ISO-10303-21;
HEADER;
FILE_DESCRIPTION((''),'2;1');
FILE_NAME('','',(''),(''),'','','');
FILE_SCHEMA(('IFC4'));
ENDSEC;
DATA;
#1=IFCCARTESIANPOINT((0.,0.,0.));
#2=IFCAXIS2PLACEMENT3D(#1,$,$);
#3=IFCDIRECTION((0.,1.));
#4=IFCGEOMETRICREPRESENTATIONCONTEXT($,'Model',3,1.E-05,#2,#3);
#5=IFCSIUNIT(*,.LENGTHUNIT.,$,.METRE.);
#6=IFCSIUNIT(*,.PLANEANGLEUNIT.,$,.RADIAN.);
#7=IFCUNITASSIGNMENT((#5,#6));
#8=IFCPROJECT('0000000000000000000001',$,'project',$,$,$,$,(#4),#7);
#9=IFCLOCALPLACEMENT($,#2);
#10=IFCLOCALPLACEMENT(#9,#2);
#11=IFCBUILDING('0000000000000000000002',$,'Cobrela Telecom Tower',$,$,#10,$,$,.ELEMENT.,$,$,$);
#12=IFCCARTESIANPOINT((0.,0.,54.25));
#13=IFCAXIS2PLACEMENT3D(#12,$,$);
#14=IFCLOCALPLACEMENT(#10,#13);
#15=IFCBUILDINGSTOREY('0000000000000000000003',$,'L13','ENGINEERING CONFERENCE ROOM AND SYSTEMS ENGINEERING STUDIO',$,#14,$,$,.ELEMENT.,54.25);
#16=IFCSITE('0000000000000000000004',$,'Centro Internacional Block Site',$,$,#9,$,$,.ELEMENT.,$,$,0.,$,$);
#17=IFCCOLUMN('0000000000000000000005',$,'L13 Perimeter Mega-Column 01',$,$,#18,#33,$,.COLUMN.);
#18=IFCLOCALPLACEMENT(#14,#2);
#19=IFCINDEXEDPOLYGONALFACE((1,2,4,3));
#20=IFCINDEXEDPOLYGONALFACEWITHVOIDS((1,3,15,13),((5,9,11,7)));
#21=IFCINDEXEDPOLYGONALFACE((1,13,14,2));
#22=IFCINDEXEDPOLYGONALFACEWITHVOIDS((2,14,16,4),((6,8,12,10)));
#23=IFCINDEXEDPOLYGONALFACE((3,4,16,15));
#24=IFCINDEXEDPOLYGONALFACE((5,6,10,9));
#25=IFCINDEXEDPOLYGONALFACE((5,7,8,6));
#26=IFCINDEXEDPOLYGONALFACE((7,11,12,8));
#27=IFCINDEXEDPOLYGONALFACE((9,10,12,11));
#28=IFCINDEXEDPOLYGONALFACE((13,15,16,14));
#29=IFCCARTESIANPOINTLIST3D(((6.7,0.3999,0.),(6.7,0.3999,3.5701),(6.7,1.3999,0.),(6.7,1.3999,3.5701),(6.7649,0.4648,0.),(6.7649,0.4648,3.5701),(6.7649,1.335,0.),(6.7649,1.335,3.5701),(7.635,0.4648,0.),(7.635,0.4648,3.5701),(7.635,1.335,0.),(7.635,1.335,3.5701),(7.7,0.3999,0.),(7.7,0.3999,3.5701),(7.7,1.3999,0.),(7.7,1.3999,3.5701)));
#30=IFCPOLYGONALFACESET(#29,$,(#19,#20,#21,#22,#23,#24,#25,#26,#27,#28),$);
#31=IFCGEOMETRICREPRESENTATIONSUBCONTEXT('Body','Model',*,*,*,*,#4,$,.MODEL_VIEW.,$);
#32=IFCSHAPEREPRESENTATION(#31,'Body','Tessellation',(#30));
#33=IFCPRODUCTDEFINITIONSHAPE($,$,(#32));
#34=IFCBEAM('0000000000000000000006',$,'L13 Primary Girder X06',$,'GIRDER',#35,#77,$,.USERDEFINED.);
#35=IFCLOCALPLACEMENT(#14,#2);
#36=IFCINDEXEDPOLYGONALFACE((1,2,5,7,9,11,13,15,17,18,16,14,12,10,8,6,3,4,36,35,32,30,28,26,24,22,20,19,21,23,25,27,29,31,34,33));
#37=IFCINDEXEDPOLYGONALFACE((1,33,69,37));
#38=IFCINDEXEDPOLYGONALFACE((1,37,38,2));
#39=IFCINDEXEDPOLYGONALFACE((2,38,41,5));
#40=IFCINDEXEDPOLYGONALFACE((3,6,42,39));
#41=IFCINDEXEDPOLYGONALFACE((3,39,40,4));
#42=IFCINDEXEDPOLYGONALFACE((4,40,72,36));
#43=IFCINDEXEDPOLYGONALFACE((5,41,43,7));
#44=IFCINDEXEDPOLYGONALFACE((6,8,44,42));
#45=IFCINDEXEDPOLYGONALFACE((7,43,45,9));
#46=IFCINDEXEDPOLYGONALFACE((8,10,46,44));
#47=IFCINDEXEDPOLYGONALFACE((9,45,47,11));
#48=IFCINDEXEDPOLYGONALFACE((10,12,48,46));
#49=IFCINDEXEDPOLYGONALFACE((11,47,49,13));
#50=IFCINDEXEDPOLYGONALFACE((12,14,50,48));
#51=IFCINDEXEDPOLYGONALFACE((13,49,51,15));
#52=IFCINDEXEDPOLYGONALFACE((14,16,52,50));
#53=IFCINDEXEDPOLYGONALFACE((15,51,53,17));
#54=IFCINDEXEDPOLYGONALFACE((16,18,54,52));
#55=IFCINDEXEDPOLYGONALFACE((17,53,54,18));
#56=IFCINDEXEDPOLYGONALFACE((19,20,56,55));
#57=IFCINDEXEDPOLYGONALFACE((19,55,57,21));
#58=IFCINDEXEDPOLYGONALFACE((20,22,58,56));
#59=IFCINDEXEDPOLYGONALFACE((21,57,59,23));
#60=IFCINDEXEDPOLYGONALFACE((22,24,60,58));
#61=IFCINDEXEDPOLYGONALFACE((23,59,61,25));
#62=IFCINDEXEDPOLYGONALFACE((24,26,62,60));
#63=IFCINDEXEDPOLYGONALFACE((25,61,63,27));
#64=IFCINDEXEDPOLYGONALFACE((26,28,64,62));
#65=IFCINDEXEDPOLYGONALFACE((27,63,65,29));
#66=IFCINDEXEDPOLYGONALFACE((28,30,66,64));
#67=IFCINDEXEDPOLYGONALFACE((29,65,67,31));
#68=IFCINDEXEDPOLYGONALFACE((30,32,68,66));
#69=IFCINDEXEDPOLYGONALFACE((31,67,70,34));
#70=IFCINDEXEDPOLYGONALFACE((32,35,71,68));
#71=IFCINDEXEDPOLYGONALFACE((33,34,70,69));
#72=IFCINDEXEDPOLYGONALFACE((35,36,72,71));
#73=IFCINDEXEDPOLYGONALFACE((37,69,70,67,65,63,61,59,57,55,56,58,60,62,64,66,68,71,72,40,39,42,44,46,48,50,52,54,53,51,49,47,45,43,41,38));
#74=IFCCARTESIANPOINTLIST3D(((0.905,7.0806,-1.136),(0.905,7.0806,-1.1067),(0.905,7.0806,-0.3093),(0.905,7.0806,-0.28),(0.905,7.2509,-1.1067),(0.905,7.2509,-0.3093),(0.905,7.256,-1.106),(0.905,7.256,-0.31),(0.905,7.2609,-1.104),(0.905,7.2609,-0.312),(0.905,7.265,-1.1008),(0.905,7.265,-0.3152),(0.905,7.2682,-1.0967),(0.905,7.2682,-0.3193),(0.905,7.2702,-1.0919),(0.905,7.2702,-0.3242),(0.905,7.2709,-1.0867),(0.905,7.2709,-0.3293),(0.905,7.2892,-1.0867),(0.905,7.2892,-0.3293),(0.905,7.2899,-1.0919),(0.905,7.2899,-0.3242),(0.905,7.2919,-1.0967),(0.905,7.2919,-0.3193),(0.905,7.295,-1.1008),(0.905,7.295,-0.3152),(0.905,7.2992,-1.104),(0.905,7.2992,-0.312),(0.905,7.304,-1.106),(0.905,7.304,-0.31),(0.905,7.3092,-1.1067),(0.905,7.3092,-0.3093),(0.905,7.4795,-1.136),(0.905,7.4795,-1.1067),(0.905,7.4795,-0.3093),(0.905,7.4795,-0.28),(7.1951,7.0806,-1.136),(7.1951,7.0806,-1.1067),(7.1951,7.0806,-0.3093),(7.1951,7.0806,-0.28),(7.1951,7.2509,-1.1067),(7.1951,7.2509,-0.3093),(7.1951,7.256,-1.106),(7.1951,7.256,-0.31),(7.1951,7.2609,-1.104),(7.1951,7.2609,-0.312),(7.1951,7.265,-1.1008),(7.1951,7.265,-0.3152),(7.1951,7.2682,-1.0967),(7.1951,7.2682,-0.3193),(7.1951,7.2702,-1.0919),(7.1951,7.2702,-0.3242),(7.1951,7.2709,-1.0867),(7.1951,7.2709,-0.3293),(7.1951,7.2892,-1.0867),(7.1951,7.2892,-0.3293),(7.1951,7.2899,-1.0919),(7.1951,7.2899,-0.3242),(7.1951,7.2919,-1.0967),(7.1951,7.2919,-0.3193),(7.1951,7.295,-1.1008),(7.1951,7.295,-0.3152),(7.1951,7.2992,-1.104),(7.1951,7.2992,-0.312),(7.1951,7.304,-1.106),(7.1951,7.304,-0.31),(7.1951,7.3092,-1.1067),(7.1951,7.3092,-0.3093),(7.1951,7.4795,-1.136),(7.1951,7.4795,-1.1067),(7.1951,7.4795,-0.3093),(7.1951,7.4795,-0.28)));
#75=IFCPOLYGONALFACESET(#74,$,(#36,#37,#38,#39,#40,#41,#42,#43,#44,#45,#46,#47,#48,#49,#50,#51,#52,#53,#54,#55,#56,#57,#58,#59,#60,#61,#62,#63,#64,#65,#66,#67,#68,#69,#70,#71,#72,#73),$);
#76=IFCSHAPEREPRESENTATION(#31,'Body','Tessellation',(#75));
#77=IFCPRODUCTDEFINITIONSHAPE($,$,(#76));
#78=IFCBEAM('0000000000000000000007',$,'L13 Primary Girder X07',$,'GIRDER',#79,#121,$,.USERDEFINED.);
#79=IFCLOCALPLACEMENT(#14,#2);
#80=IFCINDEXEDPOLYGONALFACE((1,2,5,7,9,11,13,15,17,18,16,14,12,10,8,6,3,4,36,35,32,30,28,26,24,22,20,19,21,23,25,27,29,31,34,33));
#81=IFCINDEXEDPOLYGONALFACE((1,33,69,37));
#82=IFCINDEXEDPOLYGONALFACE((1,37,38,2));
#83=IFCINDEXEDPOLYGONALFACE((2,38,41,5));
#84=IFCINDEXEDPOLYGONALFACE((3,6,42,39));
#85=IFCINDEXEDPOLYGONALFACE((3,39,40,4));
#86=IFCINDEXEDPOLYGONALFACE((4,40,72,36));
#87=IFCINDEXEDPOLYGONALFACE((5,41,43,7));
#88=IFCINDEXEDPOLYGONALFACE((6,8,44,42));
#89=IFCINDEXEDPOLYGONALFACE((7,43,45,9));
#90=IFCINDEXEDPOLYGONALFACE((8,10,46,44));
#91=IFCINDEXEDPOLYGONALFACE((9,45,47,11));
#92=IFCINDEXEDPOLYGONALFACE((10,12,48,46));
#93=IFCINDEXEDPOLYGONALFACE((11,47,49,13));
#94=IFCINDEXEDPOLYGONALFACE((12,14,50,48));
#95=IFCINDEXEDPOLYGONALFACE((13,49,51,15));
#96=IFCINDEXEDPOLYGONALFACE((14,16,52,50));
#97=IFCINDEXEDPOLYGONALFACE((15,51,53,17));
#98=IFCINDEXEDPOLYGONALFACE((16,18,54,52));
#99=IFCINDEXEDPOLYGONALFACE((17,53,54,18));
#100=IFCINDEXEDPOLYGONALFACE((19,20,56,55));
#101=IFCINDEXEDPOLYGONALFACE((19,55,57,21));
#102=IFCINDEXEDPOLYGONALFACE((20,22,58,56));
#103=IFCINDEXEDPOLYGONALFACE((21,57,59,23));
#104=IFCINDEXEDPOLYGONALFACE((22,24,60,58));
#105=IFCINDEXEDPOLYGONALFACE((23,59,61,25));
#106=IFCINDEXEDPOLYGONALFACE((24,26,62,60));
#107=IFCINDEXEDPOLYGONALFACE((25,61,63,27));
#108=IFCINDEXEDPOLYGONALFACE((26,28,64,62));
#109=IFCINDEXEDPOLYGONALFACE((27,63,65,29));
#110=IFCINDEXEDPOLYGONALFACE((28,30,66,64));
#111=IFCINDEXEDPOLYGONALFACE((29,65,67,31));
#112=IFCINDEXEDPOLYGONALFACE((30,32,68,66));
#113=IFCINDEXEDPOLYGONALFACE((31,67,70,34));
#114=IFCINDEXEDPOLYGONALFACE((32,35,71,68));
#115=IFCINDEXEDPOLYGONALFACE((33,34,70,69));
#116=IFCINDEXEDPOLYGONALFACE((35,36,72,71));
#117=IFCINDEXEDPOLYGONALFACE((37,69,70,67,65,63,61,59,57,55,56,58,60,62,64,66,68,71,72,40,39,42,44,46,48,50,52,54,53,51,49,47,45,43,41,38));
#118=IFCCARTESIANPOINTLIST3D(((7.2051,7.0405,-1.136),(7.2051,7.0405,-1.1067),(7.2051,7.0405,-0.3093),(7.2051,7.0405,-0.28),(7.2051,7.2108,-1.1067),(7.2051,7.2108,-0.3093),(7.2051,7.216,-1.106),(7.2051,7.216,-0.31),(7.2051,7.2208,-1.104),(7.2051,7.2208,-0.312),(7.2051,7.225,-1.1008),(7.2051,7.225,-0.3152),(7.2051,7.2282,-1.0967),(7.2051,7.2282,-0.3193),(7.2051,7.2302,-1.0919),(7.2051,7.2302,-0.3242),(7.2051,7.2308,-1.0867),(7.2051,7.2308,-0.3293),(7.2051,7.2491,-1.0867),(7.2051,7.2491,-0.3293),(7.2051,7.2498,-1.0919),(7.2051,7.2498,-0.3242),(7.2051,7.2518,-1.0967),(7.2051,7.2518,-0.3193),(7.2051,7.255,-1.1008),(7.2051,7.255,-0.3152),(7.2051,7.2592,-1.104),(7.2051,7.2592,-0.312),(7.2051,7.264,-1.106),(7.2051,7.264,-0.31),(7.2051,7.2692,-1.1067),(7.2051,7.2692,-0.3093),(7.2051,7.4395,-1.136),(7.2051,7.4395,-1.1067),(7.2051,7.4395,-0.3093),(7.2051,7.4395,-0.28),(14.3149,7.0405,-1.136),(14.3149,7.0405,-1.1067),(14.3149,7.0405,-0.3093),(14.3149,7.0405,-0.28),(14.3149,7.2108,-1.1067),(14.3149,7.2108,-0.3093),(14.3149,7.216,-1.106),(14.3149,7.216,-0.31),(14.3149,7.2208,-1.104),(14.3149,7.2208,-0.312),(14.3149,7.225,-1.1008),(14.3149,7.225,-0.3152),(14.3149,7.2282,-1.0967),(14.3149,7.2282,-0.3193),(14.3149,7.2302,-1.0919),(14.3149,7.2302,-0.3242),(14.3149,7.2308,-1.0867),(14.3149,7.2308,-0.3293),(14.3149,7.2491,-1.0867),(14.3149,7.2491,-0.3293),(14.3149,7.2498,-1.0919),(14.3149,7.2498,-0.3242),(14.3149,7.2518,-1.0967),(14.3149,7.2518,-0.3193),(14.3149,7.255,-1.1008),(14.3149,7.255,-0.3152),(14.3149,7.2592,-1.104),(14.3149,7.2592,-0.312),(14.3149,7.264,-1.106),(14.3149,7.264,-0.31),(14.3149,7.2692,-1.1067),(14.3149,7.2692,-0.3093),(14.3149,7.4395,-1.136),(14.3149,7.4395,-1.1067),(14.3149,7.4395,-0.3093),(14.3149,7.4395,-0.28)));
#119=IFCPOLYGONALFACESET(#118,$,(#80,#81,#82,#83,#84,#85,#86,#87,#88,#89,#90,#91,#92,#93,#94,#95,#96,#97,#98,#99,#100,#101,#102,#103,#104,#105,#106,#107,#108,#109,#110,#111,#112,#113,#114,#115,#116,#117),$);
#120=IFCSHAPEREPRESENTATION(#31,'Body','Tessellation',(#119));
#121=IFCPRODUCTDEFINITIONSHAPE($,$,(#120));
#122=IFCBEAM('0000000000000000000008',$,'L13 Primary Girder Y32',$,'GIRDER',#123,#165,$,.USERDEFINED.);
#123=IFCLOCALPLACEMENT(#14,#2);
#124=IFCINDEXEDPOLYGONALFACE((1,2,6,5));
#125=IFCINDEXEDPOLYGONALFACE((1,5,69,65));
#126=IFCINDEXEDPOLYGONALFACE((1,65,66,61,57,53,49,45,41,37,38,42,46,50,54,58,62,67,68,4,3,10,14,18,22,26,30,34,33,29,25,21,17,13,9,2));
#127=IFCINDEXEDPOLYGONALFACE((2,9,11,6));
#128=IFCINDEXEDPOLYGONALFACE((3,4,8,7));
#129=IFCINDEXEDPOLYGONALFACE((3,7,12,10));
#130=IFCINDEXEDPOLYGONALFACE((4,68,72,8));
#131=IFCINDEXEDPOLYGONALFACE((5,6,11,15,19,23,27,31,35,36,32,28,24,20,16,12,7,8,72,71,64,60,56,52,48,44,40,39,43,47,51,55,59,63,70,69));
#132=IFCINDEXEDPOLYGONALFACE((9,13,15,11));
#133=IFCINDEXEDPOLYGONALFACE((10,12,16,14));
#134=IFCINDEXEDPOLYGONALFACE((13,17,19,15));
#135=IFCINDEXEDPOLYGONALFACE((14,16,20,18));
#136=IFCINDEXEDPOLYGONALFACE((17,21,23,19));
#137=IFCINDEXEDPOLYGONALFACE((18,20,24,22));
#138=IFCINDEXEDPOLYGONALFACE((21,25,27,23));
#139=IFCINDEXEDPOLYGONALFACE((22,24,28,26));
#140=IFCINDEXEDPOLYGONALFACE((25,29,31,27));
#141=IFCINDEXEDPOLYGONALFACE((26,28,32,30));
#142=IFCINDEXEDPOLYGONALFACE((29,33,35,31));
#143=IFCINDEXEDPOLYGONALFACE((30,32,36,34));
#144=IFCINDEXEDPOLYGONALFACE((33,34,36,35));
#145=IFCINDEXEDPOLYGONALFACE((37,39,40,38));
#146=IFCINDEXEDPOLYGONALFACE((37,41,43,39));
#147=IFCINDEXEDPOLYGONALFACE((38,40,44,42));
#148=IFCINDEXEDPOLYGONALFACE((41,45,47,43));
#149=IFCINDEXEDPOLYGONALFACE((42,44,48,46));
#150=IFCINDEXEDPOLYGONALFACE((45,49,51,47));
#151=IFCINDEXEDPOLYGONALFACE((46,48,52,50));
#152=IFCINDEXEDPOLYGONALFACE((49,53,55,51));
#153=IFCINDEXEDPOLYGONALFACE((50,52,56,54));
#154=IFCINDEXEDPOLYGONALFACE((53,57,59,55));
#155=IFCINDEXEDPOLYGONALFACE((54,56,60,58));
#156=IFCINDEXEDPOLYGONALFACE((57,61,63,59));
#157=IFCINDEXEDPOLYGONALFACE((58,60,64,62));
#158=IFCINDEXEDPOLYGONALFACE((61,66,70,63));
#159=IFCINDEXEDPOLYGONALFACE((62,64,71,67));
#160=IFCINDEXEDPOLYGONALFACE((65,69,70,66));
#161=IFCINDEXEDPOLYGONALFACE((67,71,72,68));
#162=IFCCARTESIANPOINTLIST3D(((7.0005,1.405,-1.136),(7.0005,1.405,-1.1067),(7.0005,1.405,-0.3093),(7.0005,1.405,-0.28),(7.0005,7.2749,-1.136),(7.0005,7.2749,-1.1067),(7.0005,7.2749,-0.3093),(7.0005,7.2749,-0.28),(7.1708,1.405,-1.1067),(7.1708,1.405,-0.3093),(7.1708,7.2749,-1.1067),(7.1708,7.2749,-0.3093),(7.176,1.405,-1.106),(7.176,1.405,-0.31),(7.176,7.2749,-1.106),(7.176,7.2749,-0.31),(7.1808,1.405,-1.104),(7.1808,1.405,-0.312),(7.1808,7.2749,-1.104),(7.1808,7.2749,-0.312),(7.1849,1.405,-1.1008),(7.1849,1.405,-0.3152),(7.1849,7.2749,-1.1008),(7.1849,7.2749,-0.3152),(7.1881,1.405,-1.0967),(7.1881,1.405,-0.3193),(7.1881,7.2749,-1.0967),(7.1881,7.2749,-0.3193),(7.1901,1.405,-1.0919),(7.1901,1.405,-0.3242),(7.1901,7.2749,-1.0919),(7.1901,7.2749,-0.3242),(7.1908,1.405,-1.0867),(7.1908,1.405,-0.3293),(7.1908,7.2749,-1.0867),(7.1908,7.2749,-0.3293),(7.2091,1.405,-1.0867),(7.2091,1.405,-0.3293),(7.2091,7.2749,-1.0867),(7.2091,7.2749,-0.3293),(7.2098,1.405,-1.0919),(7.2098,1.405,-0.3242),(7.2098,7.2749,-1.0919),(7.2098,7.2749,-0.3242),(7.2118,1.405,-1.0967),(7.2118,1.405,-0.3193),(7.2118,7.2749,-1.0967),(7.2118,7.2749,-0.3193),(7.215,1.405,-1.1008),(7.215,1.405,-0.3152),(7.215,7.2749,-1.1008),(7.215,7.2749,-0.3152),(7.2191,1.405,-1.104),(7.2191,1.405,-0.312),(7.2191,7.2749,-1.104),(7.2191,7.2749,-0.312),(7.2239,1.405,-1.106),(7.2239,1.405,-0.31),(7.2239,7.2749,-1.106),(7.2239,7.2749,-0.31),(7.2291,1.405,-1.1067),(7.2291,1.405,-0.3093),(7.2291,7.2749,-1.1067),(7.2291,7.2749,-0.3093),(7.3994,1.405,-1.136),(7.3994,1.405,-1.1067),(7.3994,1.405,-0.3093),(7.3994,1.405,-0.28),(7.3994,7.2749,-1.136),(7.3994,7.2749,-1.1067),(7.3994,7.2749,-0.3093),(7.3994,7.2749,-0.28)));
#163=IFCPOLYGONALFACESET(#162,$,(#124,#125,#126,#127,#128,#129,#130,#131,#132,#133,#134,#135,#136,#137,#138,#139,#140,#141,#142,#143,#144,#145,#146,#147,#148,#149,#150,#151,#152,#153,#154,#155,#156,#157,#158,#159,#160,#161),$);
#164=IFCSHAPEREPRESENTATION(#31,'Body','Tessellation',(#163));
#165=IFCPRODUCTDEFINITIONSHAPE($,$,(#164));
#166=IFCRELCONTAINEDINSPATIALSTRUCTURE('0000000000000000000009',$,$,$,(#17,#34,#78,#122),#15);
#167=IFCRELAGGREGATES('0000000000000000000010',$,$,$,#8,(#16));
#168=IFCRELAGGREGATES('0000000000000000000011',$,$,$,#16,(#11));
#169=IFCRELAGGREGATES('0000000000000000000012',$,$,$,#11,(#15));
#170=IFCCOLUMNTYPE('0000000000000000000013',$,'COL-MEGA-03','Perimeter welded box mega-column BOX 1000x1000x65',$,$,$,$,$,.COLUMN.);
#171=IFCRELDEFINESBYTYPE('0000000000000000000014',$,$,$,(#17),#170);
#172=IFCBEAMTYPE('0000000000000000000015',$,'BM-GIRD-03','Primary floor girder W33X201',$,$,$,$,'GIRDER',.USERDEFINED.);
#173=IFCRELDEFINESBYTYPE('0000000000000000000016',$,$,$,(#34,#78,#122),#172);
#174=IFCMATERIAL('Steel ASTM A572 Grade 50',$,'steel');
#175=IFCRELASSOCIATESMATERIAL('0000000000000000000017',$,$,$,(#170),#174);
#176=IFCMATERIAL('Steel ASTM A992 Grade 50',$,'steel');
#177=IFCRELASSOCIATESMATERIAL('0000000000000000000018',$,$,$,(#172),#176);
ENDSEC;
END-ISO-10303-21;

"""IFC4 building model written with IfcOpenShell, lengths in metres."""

from ifc_helpers import new_model, si_unit, direction, frame, origin, origin_2d, place, context, subcontext, project, spatial, hollow_rectangle, i_section, extrude, material, material_profile, profile_set, type_object, element, save


model = new_model("IFC4")

# Units and contexts
model_context = context("Model", 3, precision=1e-05, world=origin(), true_north=direction((0.0, 1.0)))
body_context = subcontext(model_context, "Body", "Model", "MODEL_VIEW")
ifc_project = project(units=[si_unit("LENGTHUNIT", "METRE"), si_unit("PLANEANGLEUNIT", "RADIAN")], contexts=[model_context])

# Site, building, storey
site_placement = place(None, origin())
site = spatial("IfcSite", under=ifc_project, at=site_placement, Name="Centro Internacional Block Site", CompositionType="ELEMENT", RefElevation=0.0)
building_placement = place(site_placement, origin())
building = spatial("IfcBuilding", under=site, at=building_placement, Name="Cobrela Telecom Tower", CompositionType="ELEMENT")
storey_placement = place(building_placement, frame((0.0, 0.0, 54.25)))
storey = spatial("IfcBuildingStorey", under=building, at=storey_placement, Name="L13", Description="ENGINEERING CONFERENCE ROOM AND SYSTEMS ENGINEERING STUDIO", CompositionType="ELEMENT", Elevation=54.25)

# Column
ifc_material_1 = material(Name="Steel ASTM A572 Grade 50", Category="steel")
ifc_material_profile_1 = material_profile(ifc_material_1, hollow_rectangle(XDim=1.0, YDim=1.0, WallThickness=0.0649, at=origin_2d()), Name="BOX 1000x1000x65")
ifc_profile_set_1 = profile_set([ifc_material_profile_1], Name="Steel ASTM A572 Grade 50")
column_type = type_object("IfcColumnType", Name="COL-MEGA-03", Description="Perimeter welded box mega-column BOX 1000x1000x65", PredefinedType="COLUMN", material=ifc_profile_set_1)
column_placement = place(storey_placement, frame((7.2, 0.8999, 0.0), z_axis=(0.0, 0.0, 1.0), x_axis=(1.0, 0.0, 0.0)))
element("IfcColumn", 1, at=column_placement, inside=storey, type_object=column_type, Name="L13 Perimeter Mega-Column 01", PredefinedType="COLUMN", context=body_context, shape_type="SweptSolid", body=[
    extrude(hollow_rectangle(XDim=1.0, YDim=1.0, WallThickness=0.0649, at=origin_2d()), origin(), (0.0, 0.0, 1.0), 3.5701),
])

# Beams
ifc_material_2 = material(Name="Steel ASTM A992 Grade 50", Category="steel")
ifc_material_profile_2 = material_profile(ifc_material_2, i_section(OverallWidth=0.3989, OverallDepth=0.856, WebThickness=0.0183, FlangeThickness=0.0293, FilletRadius=0.02, at=origin_2d()), Name="W33X201")
ifc_profile_set_2 = profile_set([ifc_material_profile_2], Name="Steel ASTM A992 Grade 50")
beam_type_1 = type_object("IfcBeamType", Name="BM-GIRD-03", Description="Primary floor girder W33X201", ElementType="GIRDER", PredefinedType="USERDEFINED", material=ifc_profile_set_2)
beam_1_placement = place(storey_placement, frame((0.905, 7.28, -0.708), z_axis=(1.0, 0.0, 0.0), x_axis=(0.0, 1.0, 0.0)))
element("IfcBeam", 2, at=beam_1_placement, inside=storey, type_object=beam_type_1, Name="L13 Primary Girder X06", ObjectType="GIRDER", PredefinedType="USERDEFINED", context=body_context, shape_type="SweptSolid", body=[
    extrude(i_section(OverallWidth=0.3989, OverallDepth=0.856, WebThickness=0.0183, FlangeThickness=0.0293, FilletRadius=0.02, at=origin_2d()), origin(), (0.0, 0.0, 1.0), 6.29),
])
beam_2_placement = place(storey_placement, frame((7.2051, 7.24, -0.708), z_axis=(1.0, 0.0, 0.0), x_axis=(0.0, 1.0, 0.0)))
element("IfcBeam", 3, at=beam_2_placement, inside=storey, type_object=beam_type_1, Name="L13 Primary Girder X07", ObjectType="GIRDER", PredefinedType="USERDEFINED", context=body_context, shape_type="SweptSolid", body=[
    extrude(i_section(OverallWidth=0.3989, OverallDepth=0.856, WebThickness=0.0183, FlangeThickness=0.0293, FilletRadius=0.02, at=origin_2d()), origin(), (0.0, 0.0, 1.0), 7.1099),
])
beam_3_placement = place(storey_placement, frame((7.2, 1.405, -0.708), z_axis=(0.0, 1.0, 0.0), x_axis=(-1.0, 0.0, 0.0)))
element("IfcBeam", 4, at=beam_3_placement, inside=storey, type_object=beam_type_1, Name="L13 Primary Girder Y32", ObjectType="GIRDER", PredefinedType="USERDEFINED", context=body_context, shape_type="SweptSolid", body=[
    extrude(i_section(OverallWidth=0.3989, OverallDepth=0.856, WebThickness=0.0183, FlangeThickness=0.0293, FilletRadius=0.02, at=origin_2d()), origin(), (0.0, 0.0, 1.0), 5.8699),
])

save(model, "model.ifc")
